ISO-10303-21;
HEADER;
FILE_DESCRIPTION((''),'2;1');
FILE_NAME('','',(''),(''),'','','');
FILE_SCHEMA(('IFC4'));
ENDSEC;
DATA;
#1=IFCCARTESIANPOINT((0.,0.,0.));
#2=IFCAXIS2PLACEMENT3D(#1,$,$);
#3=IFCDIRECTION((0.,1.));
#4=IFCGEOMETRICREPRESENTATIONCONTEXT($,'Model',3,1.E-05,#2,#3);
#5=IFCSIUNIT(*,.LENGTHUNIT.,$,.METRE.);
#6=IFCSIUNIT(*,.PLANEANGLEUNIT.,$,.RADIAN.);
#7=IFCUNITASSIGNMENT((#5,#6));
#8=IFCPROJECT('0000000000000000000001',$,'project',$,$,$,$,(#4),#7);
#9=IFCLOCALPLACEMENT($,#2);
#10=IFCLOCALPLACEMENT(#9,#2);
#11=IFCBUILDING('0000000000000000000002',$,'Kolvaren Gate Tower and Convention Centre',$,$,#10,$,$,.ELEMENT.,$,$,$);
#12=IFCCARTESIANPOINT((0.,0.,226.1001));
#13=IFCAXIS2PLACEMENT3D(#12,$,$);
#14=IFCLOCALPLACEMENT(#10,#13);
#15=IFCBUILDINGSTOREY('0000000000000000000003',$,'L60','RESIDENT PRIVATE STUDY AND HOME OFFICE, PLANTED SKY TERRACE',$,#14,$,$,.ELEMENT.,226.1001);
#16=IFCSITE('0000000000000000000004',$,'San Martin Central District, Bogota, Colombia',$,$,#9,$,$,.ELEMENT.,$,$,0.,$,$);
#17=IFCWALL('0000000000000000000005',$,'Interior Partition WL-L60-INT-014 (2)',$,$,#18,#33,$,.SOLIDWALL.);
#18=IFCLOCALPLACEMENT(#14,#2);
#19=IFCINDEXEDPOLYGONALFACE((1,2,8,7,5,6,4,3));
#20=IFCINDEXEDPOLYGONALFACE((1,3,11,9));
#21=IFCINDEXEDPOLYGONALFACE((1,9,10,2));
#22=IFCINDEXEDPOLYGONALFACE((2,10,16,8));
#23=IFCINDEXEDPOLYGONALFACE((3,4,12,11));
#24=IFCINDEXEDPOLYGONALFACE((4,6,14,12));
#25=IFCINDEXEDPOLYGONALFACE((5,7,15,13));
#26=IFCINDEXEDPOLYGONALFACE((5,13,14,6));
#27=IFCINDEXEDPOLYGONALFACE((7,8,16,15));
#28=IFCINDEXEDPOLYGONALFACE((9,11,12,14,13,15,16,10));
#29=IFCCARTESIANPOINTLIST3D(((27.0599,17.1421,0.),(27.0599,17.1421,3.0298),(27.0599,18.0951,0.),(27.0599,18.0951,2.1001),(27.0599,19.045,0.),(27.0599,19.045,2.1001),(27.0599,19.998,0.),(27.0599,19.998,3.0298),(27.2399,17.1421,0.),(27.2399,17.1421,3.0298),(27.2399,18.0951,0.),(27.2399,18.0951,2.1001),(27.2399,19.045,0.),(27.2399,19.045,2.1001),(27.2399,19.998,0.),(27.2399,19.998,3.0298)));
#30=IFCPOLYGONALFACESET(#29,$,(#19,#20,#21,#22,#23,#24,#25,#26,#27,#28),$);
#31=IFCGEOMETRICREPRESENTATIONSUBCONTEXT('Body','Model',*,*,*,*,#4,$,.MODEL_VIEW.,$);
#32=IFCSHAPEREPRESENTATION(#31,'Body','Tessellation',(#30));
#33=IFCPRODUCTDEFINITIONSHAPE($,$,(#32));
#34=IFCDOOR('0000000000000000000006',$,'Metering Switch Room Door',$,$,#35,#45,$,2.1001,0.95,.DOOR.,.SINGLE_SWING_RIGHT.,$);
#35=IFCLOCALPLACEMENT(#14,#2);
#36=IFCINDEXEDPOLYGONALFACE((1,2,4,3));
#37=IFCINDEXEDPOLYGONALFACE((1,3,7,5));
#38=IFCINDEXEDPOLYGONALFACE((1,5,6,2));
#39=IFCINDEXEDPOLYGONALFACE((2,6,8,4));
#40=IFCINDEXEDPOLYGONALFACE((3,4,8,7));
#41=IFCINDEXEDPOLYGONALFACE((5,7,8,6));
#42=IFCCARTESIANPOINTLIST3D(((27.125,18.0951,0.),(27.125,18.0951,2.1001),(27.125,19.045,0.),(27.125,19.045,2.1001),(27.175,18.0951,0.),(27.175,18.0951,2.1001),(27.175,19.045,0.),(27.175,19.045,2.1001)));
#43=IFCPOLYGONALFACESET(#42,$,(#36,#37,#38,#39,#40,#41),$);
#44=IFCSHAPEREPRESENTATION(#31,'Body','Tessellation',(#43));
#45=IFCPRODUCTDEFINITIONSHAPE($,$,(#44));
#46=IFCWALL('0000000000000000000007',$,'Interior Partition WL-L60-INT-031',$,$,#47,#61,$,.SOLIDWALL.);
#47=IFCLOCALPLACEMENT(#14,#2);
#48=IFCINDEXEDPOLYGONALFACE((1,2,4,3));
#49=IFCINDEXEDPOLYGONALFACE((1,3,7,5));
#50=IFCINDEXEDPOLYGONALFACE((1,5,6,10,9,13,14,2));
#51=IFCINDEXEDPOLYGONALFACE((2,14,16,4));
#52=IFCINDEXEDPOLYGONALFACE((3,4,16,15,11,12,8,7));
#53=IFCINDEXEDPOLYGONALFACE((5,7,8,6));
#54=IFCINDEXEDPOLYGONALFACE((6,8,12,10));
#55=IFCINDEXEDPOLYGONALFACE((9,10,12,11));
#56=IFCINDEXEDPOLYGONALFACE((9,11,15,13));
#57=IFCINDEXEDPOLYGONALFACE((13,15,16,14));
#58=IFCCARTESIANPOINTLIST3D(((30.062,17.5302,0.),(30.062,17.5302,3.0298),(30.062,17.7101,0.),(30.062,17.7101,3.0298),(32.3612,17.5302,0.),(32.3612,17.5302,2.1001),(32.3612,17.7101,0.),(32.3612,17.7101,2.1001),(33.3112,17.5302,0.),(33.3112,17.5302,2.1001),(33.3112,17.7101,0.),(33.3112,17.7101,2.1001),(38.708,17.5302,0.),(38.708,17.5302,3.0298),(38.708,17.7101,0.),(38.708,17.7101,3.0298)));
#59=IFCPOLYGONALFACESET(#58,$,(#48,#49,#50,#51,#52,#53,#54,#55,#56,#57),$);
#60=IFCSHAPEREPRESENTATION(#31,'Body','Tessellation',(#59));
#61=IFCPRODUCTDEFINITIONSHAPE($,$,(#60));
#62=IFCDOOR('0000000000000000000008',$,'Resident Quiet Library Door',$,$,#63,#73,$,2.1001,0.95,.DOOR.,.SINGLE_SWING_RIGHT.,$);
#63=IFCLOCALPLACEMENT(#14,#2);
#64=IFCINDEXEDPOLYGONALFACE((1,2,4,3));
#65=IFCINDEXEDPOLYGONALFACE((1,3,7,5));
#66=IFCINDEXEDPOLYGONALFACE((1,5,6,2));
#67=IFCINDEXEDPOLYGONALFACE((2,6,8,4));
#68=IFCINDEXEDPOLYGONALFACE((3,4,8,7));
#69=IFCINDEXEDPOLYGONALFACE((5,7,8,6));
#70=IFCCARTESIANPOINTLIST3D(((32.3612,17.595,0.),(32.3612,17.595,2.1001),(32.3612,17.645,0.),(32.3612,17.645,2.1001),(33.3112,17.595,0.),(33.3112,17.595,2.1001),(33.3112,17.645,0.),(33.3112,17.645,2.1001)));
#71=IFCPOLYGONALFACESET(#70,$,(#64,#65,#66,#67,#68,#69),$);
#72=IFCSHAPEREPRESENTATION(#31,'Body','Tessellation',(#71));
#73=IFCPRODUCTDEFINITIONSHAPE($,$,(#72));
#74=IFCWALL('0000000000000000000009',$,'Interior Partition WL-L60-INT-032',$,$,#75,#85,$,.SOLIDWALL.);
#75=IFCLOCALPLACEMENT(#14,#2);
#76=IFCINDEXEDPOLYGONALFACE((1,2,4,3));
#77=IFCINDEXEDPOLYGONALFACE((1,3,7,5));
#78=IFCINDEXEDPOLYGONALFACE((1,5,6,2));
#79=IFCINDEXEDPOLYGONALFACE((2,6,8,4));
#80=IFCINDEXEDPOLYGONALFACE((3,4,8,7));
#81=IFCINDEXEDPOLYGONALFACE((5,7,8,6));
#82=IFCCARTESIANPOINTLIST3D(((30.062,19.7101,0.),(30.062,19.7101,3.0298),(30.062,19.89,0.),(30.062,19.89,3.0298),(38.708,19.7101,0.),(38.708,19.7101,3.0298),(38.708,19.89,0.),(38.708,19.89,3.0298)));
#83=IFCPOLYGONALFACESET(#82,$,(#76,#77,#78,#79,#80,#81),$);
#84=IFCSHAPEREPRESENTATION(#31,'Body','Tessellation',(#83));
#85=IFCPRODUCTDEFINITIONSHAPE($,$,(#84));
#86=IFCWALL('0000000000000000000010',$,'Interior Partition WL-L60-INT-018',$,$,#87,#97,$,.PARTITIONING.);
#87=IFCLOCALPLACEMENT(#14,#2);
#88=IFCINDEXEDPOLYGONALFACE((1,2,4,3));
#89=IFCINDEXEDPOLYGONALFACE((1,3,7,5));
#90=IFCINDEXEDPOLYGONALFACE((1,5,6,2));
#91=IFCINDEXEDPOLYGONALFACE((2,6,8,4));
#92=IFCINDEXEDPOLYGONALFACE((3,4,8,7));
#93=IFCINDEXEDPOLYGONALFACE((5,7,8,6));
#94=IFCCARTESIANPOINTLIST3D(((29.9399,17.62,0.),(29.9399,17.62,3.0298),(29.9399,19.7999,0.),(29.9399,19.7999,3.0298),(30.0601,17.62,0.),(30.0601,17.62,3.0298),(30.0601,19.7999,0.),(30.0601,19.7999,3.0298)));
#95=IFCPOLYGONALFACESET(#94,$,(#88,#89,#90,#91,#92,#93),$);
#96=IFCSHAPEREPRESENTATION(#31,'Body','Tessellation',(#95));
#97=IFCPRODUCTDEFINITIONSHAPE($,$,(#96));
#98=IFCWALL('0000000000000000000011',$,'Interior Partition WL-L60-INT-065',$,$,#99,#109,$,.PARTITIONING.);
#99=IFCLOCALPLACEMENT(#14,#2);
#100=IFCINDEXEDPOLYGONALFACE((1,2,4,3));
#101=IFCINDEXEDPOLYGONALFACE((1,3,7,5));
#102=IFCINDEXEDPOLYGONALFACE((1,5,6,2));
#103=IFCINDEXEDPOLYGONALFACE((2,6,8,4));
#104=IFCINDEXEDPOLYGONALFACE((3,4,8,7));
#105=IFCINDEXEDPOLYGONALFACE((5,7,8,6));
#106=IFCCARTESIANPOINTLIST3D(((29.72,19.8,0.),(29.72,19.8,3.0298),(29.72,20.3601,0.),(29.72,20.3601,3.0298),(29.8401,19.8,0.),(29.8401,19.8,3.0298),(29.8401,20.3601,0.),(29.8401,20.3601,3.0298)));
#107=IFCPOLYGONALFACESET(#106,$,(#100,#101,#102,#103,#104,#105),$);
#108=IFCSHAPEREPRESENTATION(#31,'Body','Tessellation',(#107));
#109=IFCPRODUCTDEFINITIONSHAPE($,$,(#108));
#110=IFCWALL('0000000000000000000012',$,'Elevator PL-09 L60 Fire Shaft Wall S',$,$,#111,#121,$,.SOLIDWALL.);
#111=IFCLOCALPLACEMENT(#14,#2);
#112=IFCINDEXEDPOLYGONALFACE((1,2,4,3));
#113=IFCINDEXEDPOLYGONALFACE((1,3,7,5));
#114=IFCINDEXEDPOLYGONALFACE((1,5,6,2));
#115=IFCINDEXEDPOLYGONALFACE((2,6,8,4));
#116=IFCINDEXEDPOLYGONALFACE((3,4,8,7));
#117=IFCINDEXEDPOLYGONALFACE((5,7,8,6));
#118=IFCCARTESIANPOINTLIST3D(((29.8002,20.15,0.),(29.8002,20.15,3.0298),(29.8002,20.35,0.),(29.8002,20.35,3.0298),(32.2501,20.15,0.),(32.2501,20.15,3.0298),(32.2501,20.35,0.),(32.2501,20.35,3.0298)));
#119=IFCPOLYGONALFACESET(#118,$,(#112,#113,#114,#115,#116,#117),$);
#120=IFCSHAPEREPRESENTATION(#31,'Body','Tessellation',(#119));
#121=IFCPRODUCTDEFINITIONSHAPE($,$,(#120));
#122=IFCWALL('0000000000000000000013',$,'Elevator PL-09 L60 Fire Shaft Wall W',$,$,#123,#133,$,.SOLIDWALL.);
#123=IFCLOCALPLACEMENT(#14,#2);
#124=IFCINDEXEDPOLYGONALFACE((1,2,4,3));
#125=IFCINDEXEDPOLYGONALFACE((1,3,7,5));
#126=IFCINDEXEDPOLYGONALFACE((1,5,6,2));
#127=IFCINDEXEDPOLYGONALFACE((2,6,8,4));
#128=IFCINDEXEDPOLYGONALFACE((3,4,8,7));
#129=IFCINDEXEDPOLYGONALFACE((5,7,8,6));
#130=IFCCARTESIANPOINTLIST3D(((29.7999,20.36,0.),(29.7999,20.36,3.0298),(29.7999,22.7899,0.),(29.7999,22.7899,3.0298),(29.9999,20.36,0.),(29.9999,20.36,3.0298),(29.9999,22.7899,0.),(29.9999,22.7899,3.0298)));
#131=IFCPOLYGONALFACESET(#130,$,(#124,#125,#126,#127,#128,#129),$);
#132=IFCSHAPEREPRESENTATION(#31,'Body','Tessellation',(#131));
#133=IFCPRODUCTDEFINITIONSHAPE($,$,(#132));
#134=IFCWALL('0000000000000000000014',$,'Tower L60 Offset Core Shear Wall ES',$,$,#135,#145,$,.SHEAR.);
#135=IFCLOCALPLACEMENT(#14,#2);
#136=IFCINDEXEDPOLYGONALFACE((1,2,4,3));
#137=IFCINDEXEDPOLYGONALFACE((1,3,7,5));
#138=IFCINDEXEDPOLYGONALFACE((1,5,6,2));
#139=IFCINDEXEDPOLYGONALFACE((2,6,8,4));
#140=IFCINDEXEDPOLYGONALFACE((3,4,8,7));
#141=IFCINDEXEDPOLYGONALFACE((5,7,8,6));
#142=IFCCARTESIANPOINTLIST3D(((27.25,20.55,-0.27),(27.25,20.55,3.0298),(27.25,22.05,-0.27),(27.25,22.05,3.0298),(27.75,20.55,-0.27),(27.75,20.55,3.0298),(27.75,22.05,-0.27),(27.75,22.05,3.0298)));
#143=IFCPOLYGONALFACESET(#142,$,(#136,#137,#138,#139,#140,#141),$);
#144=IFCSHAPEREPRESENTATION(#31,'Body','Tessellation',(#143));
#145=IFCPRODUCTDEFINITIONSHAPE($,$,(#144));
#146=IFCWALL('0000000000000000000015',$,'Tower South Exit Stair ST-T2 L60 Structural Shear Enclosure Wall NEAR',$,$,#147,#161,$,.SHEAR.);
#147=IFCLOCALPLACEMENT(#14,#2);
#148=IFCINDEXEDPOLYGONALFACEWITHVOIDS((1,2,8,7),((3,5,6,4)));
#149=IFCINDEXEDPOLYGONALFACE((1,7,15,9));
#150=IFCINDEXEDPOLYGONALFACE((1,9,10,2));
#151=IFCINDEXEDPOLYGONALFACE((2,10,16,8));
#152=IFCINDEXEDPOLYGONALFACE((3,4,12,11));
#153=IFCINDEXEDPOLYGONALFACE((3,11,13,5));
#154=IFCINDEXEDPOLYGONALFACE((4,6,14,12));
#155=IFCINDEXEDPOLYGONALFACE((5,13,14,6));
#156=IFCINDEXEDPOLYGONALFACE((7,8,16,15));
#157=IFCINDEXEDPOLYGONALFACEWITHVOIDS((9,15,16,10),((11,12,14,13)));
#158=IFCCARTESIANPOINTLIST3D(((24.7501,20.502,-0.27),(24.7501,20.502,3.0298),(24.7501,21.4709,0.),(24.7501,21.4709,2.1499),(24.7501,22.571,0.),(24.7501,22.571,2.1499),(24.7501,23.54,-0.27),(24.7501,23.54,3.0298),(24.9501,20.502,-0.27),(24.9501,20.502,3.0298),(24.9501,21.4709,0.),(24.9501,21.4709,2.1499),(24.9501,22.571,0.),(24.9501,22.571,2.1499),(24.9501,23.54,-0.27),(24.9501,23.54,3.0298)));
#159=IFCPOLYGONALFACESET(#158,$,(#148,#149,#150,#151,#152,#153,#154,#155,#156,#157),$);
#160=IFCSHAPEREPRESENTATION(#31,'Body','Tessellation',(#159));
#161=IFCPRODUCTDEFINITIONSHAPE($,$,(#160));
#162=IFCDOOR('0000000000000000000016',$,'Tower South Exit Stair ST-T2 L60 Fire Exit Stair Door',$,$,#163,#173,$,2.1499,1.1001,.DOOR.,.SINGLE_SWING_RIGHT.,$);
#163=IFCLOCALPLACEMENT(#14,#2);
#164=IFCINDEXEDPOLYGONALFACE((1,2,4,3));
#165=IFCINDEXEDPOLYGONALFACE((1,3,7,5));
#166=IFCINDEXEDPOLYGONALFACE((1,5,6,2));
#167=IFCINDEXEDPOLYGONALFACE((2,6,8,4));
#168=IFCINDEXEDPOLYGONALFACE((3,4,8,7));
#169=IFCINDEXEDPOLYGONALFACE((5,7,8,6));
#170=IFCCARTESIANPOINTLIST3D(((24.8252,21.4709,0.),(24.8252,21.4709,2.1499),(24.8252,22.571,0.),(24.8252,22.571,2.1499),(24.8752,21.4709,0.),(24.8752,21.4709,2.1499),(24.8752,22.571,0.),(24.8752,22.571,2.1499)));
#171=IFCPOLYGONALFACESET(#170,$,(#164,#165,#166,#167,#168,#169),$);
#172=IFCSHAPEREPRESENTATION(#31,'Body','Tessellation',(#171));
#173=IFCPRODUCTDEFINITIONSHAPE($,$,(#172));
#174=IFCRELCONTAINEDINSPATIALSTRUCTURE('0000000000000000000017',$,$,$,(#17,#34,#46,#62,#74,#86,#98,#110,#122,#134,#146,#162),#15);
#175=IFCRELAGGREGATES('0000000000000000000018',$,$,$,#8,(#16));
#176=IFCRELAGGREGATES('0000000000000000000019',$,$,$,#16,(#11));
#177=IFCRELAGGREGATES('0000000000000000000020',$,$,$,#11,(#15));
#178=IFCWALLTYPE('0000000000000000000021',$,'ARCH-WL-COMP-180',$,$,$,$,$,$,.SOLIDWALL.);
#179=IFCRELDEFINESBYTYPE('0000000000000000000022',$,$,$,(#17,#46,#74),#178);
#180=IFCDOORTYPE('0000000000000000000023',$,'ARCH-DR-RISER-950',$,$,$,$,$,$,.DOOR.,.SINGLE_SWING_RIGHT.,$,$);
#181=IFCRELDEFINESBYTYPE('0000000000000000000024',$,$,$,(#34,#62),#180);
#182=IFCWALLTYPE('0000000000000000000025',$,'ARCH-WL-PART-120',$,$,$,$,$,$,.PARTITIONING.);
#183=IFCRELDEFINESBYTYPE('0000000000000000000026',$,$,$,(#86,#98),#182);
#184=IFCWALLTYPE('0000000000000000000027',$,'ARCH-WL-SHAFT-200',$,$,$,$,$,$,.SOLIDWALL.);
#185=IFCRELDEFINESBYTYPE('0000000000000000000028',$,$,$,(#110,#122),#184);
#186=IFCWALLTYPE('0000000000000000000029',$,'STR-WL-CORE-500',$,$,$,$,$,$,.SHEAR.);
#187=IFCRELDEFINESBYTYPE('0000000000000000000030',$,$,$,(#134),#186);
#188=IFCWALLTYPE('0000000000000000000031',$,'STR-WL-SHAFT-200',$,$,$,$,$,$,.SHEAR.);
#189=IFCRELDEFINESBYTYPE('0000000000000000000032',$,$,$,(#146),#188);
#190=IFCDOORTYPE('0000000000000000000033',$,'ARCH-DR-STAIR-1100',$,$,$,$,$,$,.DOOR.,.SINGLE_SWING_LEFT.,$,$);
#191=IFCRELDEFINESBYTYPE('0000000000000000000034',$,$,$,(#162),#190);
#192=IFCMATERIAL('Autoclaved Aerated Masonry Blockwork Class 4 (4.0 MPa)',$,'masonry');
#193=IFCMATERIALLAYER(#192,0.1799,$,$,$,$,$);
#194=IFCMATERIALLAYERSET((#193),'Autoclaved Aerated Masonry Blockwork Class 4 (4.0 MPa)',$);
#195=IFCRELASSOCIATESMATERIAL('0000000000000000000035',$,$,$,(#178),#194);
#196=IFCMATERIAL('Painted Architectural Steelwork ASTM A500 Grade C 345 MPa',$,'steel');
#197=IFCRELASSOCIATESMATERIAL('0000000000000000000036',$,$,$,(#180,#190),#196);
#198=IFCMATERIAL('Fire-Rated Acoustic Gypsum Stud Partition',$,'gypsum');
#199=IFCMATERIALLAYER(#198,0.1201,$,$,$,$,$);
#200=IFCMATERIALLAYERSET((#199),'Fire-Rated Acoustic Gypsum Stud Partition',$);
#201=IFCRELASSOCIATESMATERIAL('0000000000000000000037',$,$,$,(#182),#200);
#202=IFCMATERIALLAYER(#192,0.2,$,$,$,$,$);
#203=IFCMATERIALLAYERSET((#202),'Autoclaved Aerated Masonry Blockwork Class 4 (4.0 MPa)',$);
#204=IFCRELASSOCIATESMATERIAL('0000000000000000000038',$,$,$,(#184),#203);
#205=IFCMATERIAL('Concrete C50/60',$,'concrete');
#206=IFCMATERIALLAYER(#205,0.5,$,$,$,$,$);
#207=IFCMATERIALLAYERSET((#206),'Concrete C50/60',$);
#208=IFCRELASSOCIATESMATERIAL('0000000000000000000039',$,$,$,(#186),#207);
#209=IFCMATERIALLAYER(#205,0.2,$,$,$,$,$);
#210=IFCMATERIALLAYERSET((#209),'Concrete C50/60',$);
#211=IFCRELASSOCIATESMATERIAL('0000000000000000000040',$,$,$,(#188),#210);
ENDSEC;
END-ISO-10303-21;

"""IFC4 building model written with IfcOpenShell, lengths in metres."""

from ifc_helpers import new_model, si_unit, direction, frame, frame_2d, origin, place, context, subcontext, project, spatial, rectangle, extrude, material, layer, layer_set, type_object, element, fill, save


model = new_model("IFC4")

# Units and contexts
model_context = context("Model", 3, precision=1e-05, world=origin(), true_north=direction((0.0, 1.0)))
body_context = subcontext(model_context, "Body", "Model", "MODEL_VIEW")
ifc_project = project(units=[si_unit("LENGTHUNIT", "METRE"), si_unit("PLANEANGLEUNIT", "RADIAN")], contexts=[model_context])

# Site, building, storey
site_placement = place(None, origin())
site = spatial("IfcSite", under=ifc_project, at=site_placement, Name="San Martin Central District, Bogota, Colombia", CompositionType="ELEMENT", RefElevation=0.0)
building_placement = place(site_placement, origin())
building = spatial("IfcBuilding", under=site, at=building_placement, Name="Kolvaren Gate Tower and Convention Centre", CompositionType="ELEMENT")
storey_placement = place(building_placement, frame((0.0, 0.0, 226.1001)))
storey = spatial("IfcBuildingStorey", under=building, at=storey_placement, Name="L60", Description="RESIDENT PRIVATE STUDY AND HOME OFFICE, PLANTED SKY TERRACE", CompositionType="ELEMENT", Elevation=226.1001)

# Shared definitions
ifc_material_1 = material(Name="Autoclaved Aerated Masonry Blockwork Class 4 (4.0 MPa)", Category="masonry")
ifc_layer_1 = layer(ifc_material_1, 0.1799)
ifc_layer_set_1 = layer_set([ifc_layer_1], Name="Autoclaved Aerated Masonry Blockwork Class 4 (4.0 MPa)")
wall_type_1 = type_object("IfcWallType", Name="ARCH-WL-COMP-180", PredefinedType="SOLIDWALL", material=ifc_layer_set_1)
ifc_material_2 = material(Name="Painted Architectural Steelwork ASTM A500 Grade C 345 MPa", Category="steel")
door_type_1 = type_object("IfcDoorType", Name="ARCH-DR-RISER-950", OperationType="SINGLE_SWING_RIGHT", PredefinedType="DOOR", material=ifc_material_2)

# Walls, openings, doors
wall_1_placement = place(storey_placement, frame((27.1499, 17.1421, 0.0), z_axis=(0.0, 0.0, 1.0), x_axis=(0.0, 1.0, 0.0)))
wall_1 = element("IfcWall", 1, at=wall_1_placement, inside=storey, type_object=wall_type_1, Name="Interior Partition WL-L60-INT-014 (2)", PredefinedType="SOLIDWALL", context=body_context, shape_type="SweptSolid", body=[
    extrude(rectangle(XDim=2.856, YDim=0.1799, at=frame_2d((1.428, 0.0))), origin(), (0.0, 0.0, 1.0), 3.0298),
])
opening_1_placement = place(wall_1_placement, frame((0.9529, 0.0, 0.0)))
opening_1 = element("IfcOpeningElement", 2, at=opening_1_placement, cuts=wall_1, PredefinedType="OPENING", context=body_context, shape_type="SweptSolid", body=[
    extrude(rectangle(XDim=0.95, YDim=2.1001, at=frame_2d((0.4751, 1.05))), frame((0.0, 0.0999, 0.0), z_axis=(0.0, -1.0, 0.0), x_axis=(1.0, 0.0, 0.0)), (0.0, 0.0, 1.0), 0.2),
])
door_1_placement = place(opening_1_placement, origin())
door_1 = element("IfcDoor", 3, at=door_1_placement, inside=storey, type_object=door_type_1, Name="Metering Switch Room Door", OperationType="SINGLE_SWING_RIGHT", OverallHeight=2.1001, OverallWidth=0.95, PredefinedType="DOOR", context=body_context, shape_type="SweptSolid", body=[
    extrude(rectangle(XDim=0.95, YDim=2.1001, at=frame_2d((0.4751, 1.05))), frame((0.0, 0.0249, 0.0), z_axis=(0.0, -1.0, 0.0), x_axis=(1.0, 0.0, 0.0)), (0.0, 0.0, 1.0), 0.05),
])
fill(opening_1, door_1)
wall_2_placement = place(storey_placement, frame((30.062, 17.6201, 0.0), z_axis=(0.0, 0.0, 1.0), x_axis=(1.0, 0.0, 0.0)))
wall_2 = element("IfcWall", 4, at=wall_2_placement, inside=storey, type_object=wall_type_1, Name="Interior Partition WL-L60-INT-031", PredefinedType="SOLIDWALL", context=body_context, shape_type="SweptSolid", body=[
    extrude(rectangle(XDim=8.646, YDim=0.1799, at=frame_2d((4.323, 0.0))), origin(), (0.0, 0.0, 1.0), 3.0298),
])
opening_2_placement = place(wall_2_placement, frame((2.2991, 0.0, 0.0)))
opening_2 = element("IfcOpeningElement", 5, at=opening_2_placement, cuts=wall_2, PredefinedType="OPENING", context=body_context, shape_type="SweptSolid", body=[
    extrude(rectangle(XDim=0.95, YDim=2.1001, at=frame_2d((0.4751, 1.05))), frame((0.0, 0.0999, 0.0), z_axis=(0.0, -1.0, 0.0), x_axis=(1.0, 0.0, 0.0)), (0.0, 0.0, 1.0), 0.2),
])
door_2_placement = place(opening_2_placement, origin())
door_2 = element("IfcDoor", 6, at=door_2_placement, inside=storey, type_object=door_type_1, Name="Resident Quiet Library Door", OperationType="SINGLE_SWING_RIGHT", OverallHeight=2.1001, OverallWidth=0.95, PredefinedType="DOOR", context=body_context, shape_type="SweptSolid", body=[
    extrude(rectangle(XDim=0.95, YDim=2.1001, at=frame_2d((0.4751, 1.05))), frame((0.0, 0.0249, 0.0), z_axis=(0.0, -1.0, 0.0), x_axis=(1.0, 0.0, 0.0)), (0.0, 0.0, 1.0), 0.05),
])
fill(opening_2, door_2)

# Walls
wall_3_placement = place(storey_placement, frame((30.062, 19.8, 0.0), z_axis=(0.0, 0.0, 1.0), x_axis=(1.0, 0.0, 0.0)))
element("IfcWall", 7, at=wall_3_placement, inside=storey, type_object=wall_type_1, Name="Interior Partition WL-L60-INT-032", PredefinedType="SOLIDWALL", context=body_context, shape_type="SweptSolid", body=[
    extrude(rectangle(XDim=8.646, YDim=0.1799, at=frame_2d((4.323, 0.0))), origin(), (0.0, 0.0, 1.0), 3.0298),
])
ifc_material_3 = material(Name="Fire-Rated Acoustic Gypsum Stud Partition", Category="gypsum")
ifc_layer_2 = layer(ifc_material_3, 0.1201)
ifc_layer_set_2 = layer_set([ifc_layer_2], Name="Fire-Rated Acoustic Gypsum Stud Partition")
wall_type_2 = type_object("IfcWallType", Name="ARCH-WL-PART-120", PredefinedType="PARTITIONING", material=ifc_layer_set_2)
wall_4_placement = place(storey_placement, frame((30.0, 17.6201, 0.0), z_axis=(0.0, 0.0, 1.0), x_axis=(0.0, 1.0, 0.0)))
element("IfcWall", 8, at=wall_4_placement, inside=storey, type_object=wall_type_2, Name="Interior Partition WL-L60-INT-018", PredefinedType="PARTITIONING", context=body_context, shape_type="SweptSolid", body=[
    extrude(rectangle(XDim=2.1799, YDim=0.1201, at=frame_2d((1.0898, 0.0))), origin(), (0.0, 0.0, 1.0), 3.0298),
])
wall_5_placement = place(storey_placement, frame((29.78, 19.8, 0.0), z_axis=(0.0, 0.0, 1.0), x_axis=(0.0, 1.0, 0.0)))
element("IfcWall", 9, at=wall_5_placement, inside=storey, type_object=wall_type_2, Name="Interior Partition WL-L60-INT-065", PredefinedType="PARTITIONING", context=body_context, shape_type="SweptSolid", body=[
    extrude(rectangle(XDim=0.5601, YDim=0.1201, at=frame_2d((0.28, 0.0))), origin(), (0.0, 0.0, 1.0), 3.0298),
])
ifc_layer_3 = layer(ifc_material_1, 0.2)
ifc_layer_set_3 = layer_set([ifc_layer_3], Name="Autoclaved Aerated Masonry Blockwork Class 4 (4.0 MPa)")
wall_type_3 = type_object("IfcWallType", Name="ARCH-WL-SHAFT-200", PredefinedType="SOLIDWALL", material=ifc_layer_set_3)
wall_6_placement = place(storey_placement, frame((29.8, 20.25, 0.0), z_axis=(0.0, 0.0, 1.0), x_axis=(1.0, 0.0, 0.0)))
element("IfcWall", 10, at=wall_6_placement, inside=storey, type_object=wall_type_3, Name="Elevator PL-09 L60 Fire Shaft Wall S", PredefinedType="SOLIDWALL", context=body_context, shape_type="SweptSolid", body=[
    extrude(rectangle(XDim=2.45, YDim=0.2, at=frame_2d((1.2251, 0.0))), origin(), (0.0, 0.0, 1.0), 3.0298),
])
wall_7_placement = place(storey_placement, frame((29.8999, 20.3601, 0.0), z_axis=(0.0, 0.0, 1.0), x_axis=(0.0, 1.0, 0.0)))
element("IfcWall", 11, at=wall_7_placement, inside=storey, type_object=wall_type_3, Name="Elevator PL-09 L60 Fire Shaft Wall W", PredefinedType="SOLIDWALL", context=body_context, shape_type="SweptSolid", body=[
    extrude(rectangle(XDim=2.4299, YDim=0.2, at=frame_2d((1.2148, 0.0))), origin(), (0.0, 0.0, 1.0), 3.0298),
])
ifc_material_4 = material(Name="Concrete C50/60", Category="concrete")
ifc_layer_4 = layer(ifc_material_4, 0.5)
ifc_layer_set_4 = layer_set([ifc_layer_4], Name="Concrete C50/60")
wall_type_4 = type_object("IfcWallType", Name="STR-WL-CORE-500", PredefinedType="SHEAR", material=ifc_layer_set_4)
wall_8_placement = place(storey_placement, frame((27.5, 20.55, -0.27), z_axis=(0.0, 0.0, 1.0), x_axis=(0.0, 1.0, 0.0)))
element("IfcWall", 12, at=wall_8_placement, inside=storey, type_object=wall_type_4, Name="Tower L60 Offset Core Shear Wall ES", PredefinedType="SHEAR", context=body_context, shape_type="SweptSolid", body=[
    extrude(rectangle(XDim=1.5, YDim=0.5, at=frame_2d((0.75, 0.0))), origin(), (0.0, 0.0, 1.0), 3.2998),
])

# Wall, opening, door
ifc_layer_5 = layer(ifc_material_4, 0.2)
ifc_layer_set_5 = layer_set([ifc_layer_5], Name="Concrete C50/60")
wall_type_5 = type_object("IfcWallType", Name="STR-WL-SHAFT-200", PredefinedType="SHEAR", material=ifc_layer_set_5)
wall_9_placement = place(storey_placement, frame((24.8501, 20.502, -0.27), z_axis=(0.0, 0.0, 1.0), x_axis=(0.0, 1.0, 0.0)))
wall_9 = element("IfcWall", 13, at=wall_9_placement, inside=storey, type_object=wall_type_5, Name="Tower South Exit Stair ST-T2 L60 Structural Shear Enclosure Wall NEAR", PredefinedType="SHEAR", context=body_context, shape_type="SweptSolid", body=[
    extrude(rectangle(XDim=3.0381, YDim=0.2, at=frame_2d((1.519, 0.0))), origin(), (0.0, 0.0, 1.0), 3.2998),
])
opening_3_placement = place(wall_9_placement, frame((0.969, 0.0, 0.27)))
opening_3 = element("IfcOpeningElement", 14, at=opening_3_placement, cuts=wall_9, PredefinedType="OPENING", context=body_context, shape_type="SweptSolid", body=[
    extrude(rectangle(XDim=1.1001, YDim=2.1499, at=frame_2d((0.55, 1.075))), frame((0.0, 0.1099, 0.0), z_axis=(0.0, -1.0, 0.0), x_axis=(1.0, 0.0, 0.0)), (0.0, 0.0, 1.0), 0.22),
])
door_type_2 = type_object("IfcDoorType", Name="ARCH-DR-STAIR-1100", OperationType="SINGLE_SWING_LEFT", PredefinedType="DOOR", material=ifc_material_2)
door_3_placement = place(opening_3_placement, origin())
door_3 = element("IfcDoor", 15, at=door_3_placement, inside=storey, type_object=door_type_2, Name="Tower South Exit Stair ST-T2 L60 Fire Exit Stair Door", OperationType="SINGLE_SWING_RIGHT", OverallHeight=2.1499, OverallWidth=1.1001, PredefinedType="DOOR", context=body_context, shape_type="SweptSolid", body=[
    extrude(rectangle(XDim=1.1001, YDim=2.1499, at=frame_2d((0.55, 1.075))), frame((0.0, 0.0249, 0.0), z_axis=(0.0, -1.0, 0.0), x_axis=(1.0, 0.0, 0.0)), (0.0, 0.0, 1.0), 0.05),
])
fill(opening_3, door_3)

save(model, "model.ifc")
